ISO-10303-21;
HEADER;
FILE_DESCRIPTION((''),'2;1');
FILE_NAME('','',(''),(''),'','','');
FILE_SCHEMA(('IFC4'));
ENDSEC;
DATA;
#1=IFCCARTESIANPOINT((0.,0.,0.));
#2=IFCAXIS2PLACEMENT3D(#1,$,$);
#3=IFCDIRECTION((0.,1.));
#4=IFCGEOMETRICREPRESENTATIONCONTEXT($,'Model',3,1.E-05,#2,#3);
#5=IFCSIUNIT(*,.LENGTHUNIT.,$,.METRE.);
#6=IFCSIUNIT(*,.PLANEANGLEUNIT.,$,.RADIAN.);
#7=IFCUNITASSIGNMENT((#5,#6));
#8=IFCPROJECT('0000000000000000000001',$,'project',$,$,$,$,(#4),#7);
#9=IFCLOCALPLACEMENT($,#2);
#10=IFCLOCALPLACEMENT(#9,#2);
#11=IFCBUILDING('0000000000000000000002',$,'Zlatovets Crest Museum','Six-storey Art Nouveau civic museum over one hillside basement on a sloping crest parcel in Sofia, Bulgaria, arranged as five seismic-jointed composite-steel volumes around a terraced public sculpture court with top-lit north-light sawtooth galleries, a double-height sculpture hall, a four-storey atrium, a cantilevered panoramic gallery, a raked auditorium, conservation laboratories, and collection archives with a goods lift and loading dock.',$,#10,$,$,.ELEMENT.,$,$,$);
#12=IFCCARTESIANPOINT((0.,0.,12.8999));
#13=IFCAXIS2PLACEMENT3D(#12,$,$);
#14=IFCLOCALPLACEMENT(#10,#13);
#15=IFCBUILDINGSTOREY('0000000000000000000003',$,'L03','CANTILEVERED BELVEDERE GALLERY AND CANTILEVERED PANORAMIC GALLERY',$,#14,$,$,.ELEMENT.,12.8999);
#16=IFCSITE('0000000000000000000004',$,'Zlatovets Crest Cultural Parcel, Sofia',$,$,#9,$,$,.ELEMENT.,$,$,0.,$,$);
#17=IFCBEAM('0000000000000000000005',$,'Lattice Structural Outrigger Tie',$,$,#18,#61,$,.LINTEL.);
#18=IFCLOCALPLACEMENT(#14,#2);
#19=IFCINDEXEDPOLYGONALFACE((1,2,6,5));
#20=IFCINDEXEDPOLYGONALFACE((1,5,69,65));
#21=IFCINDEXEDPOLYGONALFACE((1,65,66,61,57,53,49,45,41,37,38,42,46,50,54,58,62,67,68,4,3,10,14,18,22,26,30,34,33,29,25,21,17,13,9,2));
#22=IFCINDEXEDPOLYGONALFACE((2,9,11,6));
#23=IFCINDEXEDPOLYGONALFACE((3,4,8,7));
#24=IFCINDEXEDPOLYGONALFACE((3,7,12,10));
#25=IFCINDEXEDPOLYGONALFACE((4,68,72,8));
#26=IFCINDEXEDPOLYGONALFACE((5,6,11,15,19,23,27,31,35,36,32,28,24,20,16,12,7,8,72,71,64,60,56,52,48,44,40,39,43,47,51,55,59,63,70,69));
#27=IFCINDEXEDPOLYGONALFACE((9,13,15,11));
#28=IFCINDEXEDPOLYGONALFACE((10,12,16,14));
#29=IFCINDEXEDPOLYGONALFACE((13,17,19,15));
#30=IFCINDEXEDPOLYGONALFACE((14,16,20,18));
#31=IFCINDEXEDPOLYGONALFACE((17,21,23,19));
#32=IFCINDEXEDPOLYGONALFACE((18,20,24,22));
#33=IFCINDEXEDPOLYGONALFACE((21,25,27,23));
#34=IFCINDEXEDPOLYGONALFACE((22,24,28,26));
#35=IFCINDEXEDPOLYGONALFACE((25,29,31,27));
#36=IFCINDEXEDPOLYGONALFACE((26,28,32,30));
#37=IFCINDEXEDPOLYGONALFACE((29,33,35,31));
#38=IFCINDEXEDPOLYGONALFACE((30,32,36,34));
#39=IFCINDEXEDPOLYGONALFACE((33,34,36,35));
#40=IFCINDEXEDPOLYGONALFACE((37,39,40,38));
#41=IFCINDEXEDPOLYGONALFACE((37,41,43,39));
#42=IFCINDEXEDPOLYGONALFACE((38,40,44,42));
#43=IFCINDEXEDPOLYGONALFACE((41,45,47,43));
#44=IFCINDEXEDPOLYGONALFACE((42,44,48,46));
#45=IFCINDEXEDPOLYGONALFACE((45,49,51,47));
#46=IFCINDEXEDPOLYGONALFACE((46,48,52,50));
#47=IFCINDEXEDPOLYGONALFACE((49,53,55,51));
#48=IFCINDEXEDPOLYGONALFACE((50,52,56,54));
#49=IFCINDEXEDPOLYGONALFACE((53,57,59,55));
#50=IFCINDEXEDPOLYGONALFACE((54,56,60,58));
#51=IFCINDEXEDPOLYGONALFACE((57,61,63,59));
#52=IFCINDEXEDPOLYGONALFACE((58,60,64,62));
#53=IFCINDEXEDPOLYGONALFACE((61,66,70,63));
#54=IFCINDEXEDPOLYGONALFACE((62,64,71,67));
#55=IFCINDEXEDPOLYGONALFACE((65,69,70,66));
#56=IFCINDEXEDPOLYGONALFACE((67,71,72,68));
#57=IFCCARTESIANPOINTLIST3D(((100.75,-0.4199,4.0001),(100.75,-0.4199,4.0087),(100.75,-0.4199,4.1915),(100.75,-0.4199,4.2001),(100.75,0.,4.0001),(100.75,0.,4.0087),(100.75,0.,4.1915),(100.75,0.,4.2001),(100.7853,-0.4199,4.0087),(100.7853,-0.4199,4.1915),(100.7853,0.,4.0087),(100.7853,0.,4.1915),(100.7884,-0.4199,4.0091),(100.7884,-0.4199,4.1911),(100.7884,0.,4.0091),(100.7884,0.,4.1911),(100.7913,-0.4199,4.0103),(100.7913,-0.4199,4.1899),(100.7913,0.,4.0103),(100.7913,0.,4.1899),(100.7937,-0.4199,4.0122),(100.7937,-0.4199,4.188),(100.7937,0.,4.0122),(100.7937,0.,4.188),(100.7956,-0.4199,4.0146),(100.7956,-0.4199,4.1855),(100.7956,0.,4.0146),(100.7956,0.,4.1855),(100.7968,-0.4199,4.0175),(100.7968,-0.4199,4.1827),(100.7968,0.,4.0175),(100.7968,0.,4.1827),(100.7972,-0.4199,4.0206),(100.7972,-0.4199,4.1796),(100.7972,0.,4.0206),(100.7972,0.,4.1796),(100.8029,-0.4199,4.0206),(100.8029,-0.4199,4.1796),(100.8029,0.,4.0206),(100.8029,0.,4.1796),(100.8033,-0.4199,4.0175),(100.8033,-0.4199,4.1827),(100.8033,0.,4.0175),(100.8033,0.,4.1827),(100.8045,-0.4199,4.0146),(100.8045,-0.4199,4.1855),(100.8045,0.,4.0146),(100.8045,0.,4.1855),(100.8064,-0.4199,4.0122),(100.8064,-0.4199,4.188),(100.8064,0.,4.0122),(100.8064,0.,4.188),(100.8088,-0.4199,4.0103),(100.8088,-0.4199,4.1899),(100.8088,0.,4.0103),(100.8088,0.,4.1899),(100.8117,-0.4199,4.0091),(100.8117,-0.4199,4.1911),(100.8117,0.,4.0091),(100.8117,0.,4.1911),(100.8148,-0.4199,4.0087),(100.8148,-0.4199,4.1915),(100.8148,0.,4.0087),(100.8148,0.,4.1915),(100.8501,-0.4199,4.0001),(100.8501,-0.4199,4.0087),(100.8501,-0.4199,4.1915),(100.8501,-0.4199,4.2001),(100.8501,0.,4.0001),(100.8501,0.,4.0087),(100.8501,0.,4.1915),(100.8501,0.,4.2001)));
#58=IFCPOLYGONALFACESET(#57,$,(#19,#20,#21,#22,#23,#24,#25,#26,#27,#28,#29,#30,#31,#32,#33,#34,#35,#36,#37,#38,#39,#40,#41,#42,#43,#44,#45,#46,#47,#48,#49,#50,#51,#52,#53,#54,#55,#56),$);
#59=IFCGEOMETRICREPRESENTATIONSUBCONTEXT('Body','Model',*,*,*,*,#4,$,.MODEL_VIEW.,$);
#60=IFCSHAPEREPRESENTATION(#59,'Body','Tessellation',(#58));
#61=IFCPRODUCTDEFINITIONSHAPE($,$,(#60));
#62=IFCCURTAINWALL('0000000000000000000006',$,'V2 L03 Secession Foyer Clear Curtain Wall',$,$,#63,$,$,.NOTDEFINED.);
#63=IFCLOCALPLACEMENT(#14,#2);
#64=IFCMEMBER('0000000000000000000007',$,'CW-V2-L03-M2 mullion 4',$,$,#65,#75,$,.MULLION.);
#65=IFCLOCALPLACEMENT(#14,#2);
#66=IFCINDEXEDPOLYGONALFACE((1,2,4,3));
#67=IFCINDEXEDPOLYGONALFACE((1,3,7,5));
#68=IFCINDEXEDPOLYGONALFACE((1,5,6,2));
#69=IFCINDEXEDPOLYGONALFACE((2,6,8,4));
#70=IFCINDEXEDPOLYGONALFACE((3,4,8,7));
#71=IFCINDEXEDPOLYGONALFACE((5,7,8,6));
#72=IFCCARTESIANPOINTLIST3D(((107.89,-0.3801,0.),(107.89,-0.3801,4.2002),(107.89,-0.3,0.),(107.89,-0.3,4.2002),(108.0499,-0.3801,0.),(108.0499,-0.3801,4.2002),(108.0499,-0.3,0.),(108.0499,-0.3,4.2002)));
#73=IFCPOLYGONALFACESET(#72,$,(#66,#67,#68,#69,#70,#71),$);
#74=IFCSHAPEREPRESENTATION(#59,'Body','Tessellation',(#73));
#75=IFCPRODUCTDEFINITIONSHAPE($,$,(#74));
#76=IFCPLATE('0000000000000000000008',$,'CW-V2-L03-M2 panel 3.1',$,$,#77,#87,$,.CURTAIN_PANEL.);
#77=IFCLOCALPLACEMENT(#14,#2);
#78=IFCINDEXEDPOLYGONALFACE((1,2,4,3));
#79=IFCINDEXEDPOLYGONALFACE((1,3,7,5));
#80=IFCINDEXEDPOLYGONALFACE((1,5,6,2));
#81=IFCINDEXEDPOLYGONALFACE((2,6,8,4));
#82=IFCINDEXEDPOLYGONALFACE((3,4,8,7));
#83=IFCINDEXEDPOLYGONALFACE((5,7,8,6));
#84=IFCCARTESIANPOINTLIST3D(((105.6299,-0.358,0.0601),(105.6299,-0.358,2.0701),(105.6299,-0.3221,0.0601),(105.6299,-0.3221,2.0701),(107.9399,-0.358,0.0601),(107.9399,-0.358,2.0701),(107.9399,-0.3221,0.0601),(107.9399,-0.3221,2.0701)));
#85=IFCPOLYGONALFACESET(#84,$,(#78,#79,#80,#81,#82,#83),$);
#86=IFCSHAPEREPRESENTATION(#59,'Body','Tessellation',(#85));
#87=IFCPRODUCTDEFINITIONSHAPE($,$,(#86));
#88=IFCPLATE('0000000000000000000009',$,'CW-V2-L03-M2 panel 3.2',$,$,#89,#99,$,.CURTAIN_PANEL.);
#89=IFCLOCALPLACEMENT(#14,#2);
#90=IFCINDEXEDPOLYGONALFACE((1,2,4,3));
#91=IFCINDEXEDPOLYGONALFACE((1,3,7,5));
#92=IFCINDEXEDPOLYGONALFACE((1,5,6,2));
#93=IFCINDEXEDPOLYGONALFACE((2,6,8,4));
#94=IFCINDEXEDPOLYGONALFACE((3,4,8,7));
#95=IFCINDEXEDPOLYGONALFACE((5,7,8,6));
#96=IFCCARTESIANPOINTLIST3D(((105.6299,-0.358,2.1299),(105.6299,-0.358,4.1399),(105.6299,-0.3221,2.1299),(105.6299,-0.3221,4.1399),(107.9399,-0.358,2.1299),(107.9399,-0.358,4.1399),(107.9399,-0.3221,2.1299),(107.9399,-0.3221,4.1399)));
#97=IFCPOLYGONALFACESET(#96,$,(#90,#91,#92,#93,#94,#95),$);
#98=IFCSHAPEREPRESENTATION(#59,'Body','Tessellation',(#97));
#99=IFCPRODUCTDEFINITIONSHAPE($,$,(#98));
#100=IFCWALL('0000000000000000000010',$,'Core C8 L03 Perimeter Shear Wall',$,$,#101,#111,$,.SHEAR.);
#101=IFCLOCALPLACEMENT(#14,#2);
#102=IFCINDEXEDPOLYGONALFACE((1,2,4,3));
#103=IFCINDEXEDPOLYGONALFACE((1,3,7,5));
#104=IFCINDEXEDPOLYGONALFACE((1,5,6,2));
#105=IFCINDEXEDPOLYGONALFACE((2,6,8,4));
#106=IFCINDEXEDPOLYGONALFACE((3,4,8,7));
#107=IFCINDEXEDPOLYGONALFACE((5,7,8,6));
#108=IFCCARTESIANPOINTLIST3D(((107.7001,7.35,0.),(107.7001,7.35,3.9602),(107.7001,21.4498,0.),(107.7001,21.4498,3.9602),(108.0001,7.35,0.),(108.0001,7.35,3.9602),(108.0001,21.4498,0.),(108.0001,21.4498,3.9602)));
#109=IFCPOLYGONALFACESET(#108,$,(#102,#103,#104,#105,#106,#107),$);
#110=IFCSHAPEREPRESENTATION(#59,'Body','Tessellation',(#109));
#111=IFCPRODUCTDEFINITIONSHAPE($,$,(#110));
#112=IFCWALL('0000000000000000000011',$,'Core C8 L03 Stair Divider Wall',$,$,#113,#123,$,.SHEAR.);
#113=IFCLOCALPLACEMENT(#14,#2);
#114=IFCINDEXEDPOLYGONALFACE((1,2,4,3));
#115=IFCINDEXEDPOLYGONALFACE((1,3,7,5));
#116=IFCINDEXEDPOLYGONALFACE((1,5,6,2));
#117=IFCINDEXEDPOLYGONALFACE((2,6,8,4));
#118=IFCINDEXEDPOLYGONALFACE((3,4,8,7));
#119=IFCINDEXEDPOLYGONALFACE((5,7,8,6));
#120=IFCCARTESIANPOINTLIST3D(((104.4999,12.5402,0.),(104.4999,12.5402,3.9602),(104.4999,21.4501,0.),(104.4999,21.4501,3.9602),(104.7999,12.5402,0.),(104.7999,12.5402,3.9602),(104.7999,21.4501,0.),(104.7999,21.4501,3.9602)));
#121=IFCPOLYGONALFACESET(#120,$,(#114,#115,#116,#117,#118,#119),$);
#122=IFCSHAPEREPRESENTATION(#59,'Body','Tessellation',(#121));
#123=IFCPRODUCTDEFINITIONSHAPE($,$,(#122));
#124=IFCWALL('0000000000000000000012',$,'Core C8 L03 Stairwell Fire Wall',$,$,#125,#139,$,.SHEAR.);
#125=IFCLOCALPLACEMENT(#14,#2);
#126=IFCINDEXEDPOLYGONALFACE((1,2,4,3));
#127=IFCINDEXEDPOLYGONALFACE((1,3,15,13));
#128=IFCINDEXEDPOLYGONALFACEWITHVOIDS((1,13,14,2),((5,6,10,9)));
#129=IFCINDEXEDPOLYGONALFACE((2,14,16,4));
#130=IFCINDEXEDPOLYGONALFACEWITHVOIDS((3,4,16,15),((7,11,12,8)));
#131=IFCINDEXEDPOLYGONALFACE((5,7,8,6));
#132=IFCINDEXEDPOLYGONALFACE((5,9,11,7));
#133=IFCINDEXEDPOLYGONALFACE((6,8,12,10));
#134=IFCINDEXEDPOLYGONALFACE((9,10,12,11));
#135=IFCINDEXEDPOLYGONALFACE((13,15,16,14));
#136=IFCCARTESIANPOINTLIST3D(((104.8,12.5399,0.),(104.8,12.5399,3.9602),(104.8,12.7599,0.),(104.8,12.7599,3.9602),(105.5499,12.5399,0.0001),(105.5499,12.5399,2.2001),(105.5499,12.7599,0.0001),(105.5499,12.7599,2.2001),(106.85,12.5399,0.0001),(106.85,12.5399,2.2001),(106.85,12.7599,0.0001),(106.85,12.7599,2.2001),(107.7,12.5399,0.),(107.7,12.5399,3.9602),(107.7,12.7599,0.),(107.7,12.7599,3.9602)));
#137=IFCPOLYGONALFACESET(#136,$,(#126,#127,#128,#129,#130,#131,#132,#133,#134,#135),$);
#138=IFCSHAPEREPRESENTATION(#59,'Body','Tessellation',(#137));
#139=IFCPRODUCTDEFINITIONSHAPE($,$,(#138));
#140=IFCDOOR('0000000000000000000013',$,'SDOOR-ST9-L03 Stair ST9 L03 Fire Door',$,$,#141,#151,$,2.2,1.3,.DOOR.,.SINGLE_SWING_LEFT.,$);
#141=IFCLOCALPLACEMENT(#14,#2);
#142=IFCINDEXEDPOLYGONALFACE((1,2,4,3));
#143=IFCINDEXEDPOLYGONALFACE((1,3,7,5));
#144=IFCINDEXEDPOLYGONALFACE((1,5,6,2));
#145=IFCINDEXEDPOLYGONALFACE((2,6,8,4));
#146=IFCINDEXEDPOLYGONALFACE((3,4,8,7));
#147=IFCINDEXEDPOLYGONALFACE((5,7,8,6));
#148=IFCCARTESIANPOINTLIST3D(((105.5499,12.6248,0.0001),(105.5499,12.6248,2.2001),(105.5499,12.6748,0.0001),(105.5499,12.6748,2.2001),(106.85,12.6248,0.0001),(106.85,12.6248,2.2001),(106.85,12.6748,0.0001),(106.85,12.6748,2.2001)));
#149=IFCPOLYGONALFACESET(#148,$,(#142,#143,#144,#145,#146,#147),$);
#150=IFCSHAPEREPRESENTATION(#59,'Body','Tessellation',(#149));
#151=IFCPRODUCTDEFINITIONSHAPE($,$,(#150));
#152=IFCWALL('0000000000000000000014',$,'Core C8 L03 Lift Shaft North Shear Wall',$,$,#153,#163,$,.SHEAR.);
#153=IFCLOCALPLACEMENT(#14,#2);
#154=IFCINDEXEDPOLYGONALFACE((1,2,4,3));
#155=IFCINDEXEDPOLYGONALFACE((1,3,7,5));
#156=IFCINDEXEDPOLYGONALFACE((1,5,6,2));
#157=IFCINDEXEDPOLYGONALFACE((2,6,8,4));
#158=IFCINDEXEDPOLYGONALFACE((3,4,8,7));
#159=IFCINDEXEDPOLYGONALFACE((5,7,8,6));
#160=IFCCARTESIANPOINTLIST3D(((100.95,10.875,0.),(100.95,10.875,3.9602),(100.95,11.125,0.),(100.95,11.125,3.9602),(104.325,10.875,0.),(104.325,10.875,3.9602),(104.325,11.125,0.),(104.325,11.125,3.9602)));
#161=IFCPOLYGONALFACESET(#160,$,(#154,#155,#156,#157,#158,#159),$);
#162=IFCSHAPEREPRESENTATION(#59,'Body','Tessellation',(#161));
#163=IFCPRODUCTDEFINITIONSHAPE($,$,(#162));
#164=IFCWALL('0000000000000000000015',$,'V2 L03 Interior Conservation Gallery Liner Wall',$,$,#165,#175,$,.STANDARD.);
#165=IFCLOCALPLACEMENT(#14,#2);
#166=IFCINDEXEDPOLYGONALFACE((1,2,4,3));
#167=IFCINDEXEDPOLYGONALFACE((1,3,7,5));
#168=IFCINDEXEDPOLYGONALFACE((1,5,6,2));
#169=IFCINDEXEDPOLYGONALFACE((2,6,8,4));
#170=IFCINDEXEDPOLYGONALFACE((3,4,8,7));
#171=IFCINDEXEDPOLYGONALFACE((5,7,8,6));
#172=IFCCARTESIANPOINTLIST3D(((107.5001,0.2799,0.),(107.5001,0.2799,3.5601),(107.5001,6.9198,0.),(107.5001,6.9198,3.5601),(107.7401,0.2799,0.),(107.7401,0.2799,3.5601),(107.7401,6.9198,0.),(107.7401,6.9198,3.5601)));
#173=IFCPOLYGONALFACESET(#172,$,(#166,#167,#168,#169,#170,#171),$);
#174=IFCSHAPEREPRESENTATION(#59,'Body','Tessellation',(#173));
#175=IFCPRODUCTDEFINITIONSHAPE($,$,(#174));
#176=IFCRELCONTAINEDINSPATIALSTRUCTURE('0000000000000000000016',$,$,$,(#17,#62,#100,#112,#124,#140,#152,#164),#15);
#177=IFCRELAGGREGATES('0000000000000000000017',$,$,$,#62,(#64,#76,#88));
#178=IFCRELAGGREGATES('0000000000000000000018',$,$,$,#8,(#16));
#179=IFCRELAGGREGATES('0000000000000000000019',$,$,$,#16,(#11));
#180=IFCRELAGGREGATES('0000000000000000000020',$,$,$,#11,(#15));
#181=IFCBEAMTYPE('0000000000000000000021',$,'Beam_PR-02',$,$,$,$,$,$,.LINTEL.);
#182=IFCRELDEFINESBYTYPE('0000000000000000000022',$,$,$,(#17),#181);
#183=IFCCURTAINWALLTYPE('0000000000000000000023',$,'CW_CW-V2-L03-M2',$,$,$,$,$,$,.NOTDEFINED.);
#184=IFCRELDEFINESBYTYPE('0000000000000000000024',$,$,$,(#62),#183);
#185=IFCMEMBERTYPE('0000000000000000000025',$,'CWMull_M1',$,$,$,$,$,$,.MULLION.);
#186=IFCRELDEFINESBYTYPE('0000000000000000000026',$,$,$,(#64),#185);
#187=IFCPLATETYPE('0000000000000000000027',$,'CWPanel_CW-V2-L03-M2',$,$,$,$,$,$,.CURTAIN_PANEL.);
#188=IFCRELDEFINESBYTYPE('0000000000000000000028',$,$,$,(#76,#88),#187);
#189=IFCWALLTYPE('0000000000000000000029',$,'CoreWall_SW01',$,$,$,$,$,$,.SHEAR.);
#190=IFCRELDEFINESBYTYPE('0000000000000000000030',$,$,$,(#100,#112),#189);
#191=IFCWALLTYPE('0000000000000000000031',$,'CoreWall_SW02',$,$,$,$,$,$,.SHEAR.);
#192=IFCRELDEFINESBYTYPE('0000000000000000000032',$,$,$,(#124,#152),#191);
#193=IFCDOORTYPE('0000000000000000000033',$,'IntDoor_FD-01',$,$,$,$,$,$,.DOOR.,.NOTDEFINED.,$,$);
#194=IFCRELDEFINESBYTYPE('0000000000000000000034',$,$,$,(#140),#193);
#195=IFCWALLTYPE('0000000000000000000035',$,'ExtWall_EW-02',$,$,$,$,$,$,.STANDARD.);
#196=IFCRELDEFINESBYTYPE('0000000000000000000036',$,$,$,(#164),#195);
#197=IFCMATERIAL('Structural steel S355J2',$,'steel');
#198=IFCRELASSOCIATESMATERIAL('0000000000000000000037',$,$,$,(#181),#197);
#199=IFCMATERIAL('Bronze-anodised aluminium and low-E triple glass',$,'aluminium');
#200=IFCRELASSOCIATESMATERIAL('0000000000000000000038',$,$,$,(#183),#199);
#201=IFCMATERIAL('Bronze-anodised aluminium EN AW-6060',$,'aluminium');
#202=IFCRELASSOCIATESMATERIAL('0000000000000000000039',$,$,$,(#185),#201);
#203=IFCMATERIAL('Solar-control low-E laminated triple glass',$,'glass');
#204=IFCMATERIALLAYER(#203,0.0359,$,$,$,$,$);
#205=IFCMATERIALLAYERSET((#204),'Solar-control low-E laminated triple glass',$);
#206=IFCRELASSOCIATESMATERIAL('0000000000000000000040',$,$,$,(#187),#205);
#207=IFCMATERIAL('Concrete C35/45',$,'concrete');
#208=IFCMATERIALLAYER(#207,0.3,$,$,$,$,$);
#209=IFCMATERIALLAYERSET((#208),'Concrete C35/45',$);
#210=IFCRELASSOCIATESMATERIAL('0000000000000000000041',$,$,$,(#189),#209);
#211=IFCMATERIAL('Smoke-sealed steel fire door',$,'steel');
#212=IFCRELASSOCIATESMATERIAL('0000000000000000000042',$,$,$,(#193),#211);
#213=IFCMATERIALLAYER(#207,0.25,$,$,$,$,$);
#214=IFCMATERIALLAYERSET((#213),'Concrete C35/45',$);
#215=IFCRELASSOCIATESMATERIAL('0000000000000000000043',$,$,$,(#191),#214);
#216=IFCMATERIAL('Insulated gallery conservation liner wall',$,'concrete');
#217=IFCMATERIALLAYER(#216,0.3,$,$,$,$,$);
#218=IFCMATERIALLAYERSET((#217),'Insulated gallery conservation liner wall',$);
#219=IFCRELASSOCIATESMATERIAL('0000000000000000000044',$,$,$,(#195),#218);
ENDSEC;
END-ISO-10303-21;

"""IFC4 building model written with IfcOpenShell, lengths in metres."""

from ifc_helpers import new_model, si_unit, direction, frame, frame_2d, origin, origin_2d, place, context, subcontext, project, spatial, rectangle, i_section, extrude, material, layer, layer_set, material_profile, profile_set, type_object, element, fill, aggregate, save


model = new_model("IFC4")

# Units and contexts
model_context = context("Model", 3, precision=1e-05, world=origin(), true_north=direction((0.0, 1.0)))
body_context = subcontext(model_context, "Body", "Model", "MODEL_VIEW")
ifc_project = project(units=[si_unit("LENGTHUNIT", "METRE"), si_unit("PLANEANGLEUNIT", "RADIAN")], contexts=[model_context])

# Site, building, storey
site_placement = place(None, origin())
site = spatial("IfcSite", under=ifc_project, at=site_placement, Name="Zlatovets Crest Cultural Parcel, Sofia", CompositionType="ELEMENT", RefElevation=0.0)
building_placement = place(site_placement, origin())
building = spatial("IfcBuilding", under=site, at=building_placement, Name="Zlatovets Crest Museum", Description="Six-storey Art Nouveau civic museum over one hillside basement on a sloping crest parcel in Sofia, Bulgaria, arranged as five seismic-jointed composite-steel volumes around a terraced public sculpture court with top-lit north-light sawtooth galleries, a double-height sculpture hall, a four-storey atrium, a cantilevered panoramic gallery, a raked auditorium, conservation laboratories, and collection archives with a goods lift and loading dock.", CompositionType="ELEMENT")
storey_placement = place(building_placement, frame((0.0, 0.0, 12.8999)))
storey = spatial("IfcBuildingStorey", under=building, at=storey_placement, Name="L03", Description="CANTILEVERED BELVEDERE GALLERY AND CANTILEVERED PANORAMIC GALLERY", CompositionType="ELEMENT", Elevation=12.8999)

# Shared definitions
ifc_material_1 = material(Name="Structural steel S355J2", Category="steel")

# Beam
ifc_material_profile_1 = material_profile(ifc_material_1, i_section(OverallWidth=0.1001, OverallDepth=0.2, WebThickness=0.0056, FlangeThickness=0.0085, FilletRadius=0.012, at=origin_2d()), Name="IPE 200")
ifc_profile_set_1 = profile_set([ifc_material_profile_1], Name="Structural steel S355J2")
beam_type_1 = type_object("IfcBeamType", Name="Beam_PR-02", PredefinedType="LINTEL", material=ifc_profile_set_1)
for number, where, z_axis, x_axis, name in (
    (1, (100.8, 0.0, 4.1001), (0.0, -1.0, 0.0), (1.0, 0.0, 0.0), "Lattice Structural Outrigger Tie"),
):
    element("IfcBeam", number, at=place(storey_placement, frame(where, z_axis=z_axis, x_axis=x_axis)), inside=storey, type_object=beam_type_1, Name=name, PredefinedType="LINTEL", context=body_context, shape_type="SweptSolid", body=[
        extrude(i_section(OverallWidth=0.1001, OverallDepth=0.2, WebThickness=0.0056, FlangeThickness=0.0085, FilletRadius=0.012, at=origin_2d()), origin(), (0.0, 0.0, 1.0), 0.4199),
    ])

# Curtain wall, member, plates
ifc_material_2 = material(Name="Bronze-anodised aluminium and low-E triple glass", Category="aluminium")
curtain_wall_type = type_object("IfcCurtainWallType", Name="CW_CW-V2-L03-M2", PredefinedType="NOTDEFINED", material=ifc_material_2)
curtain_wall_placement = place(storey_placement, origin())
curtain_wall = element("IfcCurtainWall", 2, at=curtain_wall_placement, inside=storey, type_object=curtain_wall_type, Name="V2 L03 Secession Foyer Clear Curtain Wall", PredefinedType="NOTDEFINED")
ifc_material_3 = material(Name="Bronze-anodised aluminium EN AW-6060", Category="aluminium")
ifc_material_profile_2 = material_profile(ifc_material_3, rectangle(XDim=0.0801, YDim=0.1599, at=origin_2d()), Name="ALU 80x160")
ifc_profile_set_2 = profile_set([ifc_material_profile_2], Name="Bronze-anodised aluminium EN AW-6060")
member_type = type_object("IfcMemberType", Name="CWMull_M1", PredefinedType="MULLION", material=ifc_profile_set_2)
member_placement = place(storey_placement, frame((107.97, -0.3401, 0.0), z_axis=(0.0, 0.0, 1.0), x_axis=(0.0, 1.0, 0.0)))
member = element("IfcMember", 3, at=member_placement, type_object=member_type, Name="CW-V2-L03-M2 mullion 4", PredefinedType="MULLION", context=body_context, shape_type="SweptSolid", body=[
    extrude(rectangle(XDim=0.0801, YDim=0.1599, at=origin_2d()), origin(), (0.0, 0.0, 1.0), 4.2002),
])
ifc_material_4 = material(Name="Solar-control low-E laminated triple glass", Category="glass")
ifc_layer_1 = layer(ifc_material_4, 0.0359)
ifc_layer_set_1 = layer_set([ifc_layer_1], Name="Solar-control low-E laminated triple glass")
plate_type = type_object("IfcPlateType", Name="CWPanel_CW-V2-L03-M2", PredefinedType="CURTAIN_PANEL", material=ifc_layer_set_1)
plate_1_placement = place(storey_placement, frame((106.7849, -0.3401, 0.0601), z_axis=(0.0, 0.0, 1.0), x_axis=(1.0, 0.0, 0.0)))
plate_1 = element("IfcPlate", 4, at=plate_1_placement, type_object=plate_type, Name="CW-V2-L03-M2 panel 3.1", PredefinedType="CURTAIN_PANEL", context=body_context, shape_type="SweptSolid", body=[
    extrude(rectangle(XDim=2.3101, YDim=0.0359, at=origin_2d()), origin(), (0.0, 0.0, 1.0), 2.01),
])
plate_2_placement = place(storey_placement, frame((106.7849, -0.3401, 2.1299), z_axis=(0.0, 0.0, 1.0), x_axis=(1.0, 0.0, 0.0)))
plate_2 = element("IfcPlate", 5, at=plate_2_placement, type_object=plate_type, Name="CW-V2-L03-M2 panel 3.2", PredefinedType="CURTAIN_PANEL", context=body_context, shape_type="SweptSolid", body=[
    extrude(rectangle(XDim=2.3101, YDim=0.0359, at=origin_2d()), origin(), (0.0, 0.0, 1.0), 2.01),
])
aggregate(curtain_wall, [member, plate_1, plate_2])

# Wall
ifc_material_5 = material(Name="Concrete C35/45", Category="concrete")
ifc_layer_2 = layer(ifc_material_5, 0.3)
ifc_layer_set_2 = layer_set([ifc_layer_2], Name="Concrete C35/45")
wall_type_1 = type_object("IfcWallType", Name="CoreWall_SW01", PredefinedType="SHEAR", material=ifc_layer_set_2)
wall_1_placement = place(storey_placement, frame((107.8501, 7.3501, 0.0), z_axis=(0.0, 0.0, 1.0), x_axis=(0.0, 1.0, 0.0)))
element("IfcWall", 6, at=wall_1_placement, inside=storey, type_object=wall_type_1, Name="Core C8 L03 Perimeter Shear Wall", PredefinedType="SHEAR", context=body_context, shape_type="SweptSolid", body=[
    extrude(rectangle(XDim=14.0999, YDim=0.3, at=frame_2d((7.0498, 0.0))), origin(), (0.0, 0.0, 1.0), 3.9602),
])

# Shared definitions
ifc_material_6 = material(Name="Smoke-sealed steel fire door", Category="steel")
door_type_1 = type_object("IfcDoorType", Name="IntDoor_FD-01", OperationType="NOTDEFINED", PredefinedType="DOOR", material=ifc_material_6)

# Wall
wall_2_placement = place(storey_placement, frame((104.6499, 12.54, 0.0), z_axis=(0.0, 0.0, 1.0), x_axis=(0.0, 1.0, 0.0)))
element("IfcWall", 7, at=wall_2_placement, inside=storey, type_object=wall_type_1, Name="Core C8 L03 Stair Divider Wall", PredefinedType="SHEAR", context=body_context, shape_type="SweptSolid", body=[
    extrude(rectangle(XDim=8.9099, YDim=0.3, at=frame_2d((4.4551, 0.0))), origin(), (0.0, 0.0, 1.0), 3.9602),
])

# Wall, opening, door
ifc_layer_3 = layer(ifc_material_5, 0.25)
ifc_layer_set_3 = layer_set([ifc_layer_3], Name="Concrete C35/45")
wall_type_2 = type_object("IfcWallType", Name="CoreWall_SW02", PredefinedType="SHEAR", material=ifc_layer_set_3)
wall_3_placement = place(storey_placement, frame((104.8, 12.6499, 0.0), z_axis=(0.0, 0.0, 1.0), x_axis=(1.0, 0.0, 0.0)))
wall_3 = element("IfcWall", 8, at=wall_3_placement, inside=storey, type_object=wall_type_2, Name="Core C8 L03 Stairwell Fire Wall", PredefinedType="SHEAR", context=body_context, shape_type="SweptSolid", body=[
    extrude(rectangle(XDim=2.8999, YDim=0.22, at=frame_2d((1.45, 0.0))), origin(), (0.0, 0.0, 1.0), 3.9602),
])
opening_1_placement = place(wall_3_placement, frame((0.75, 0.0, 0.0)))
opening_1 = element("IfcOpeningElement", 9, at=opening_1_placement, cuts=wall_3, PredefinedType="OPENING", context=body_context, shape_type="SweptSolid", body=[
    extrude(rectangle(XDim=1.3, YDim=2.2, at=frame_2d((0.6499, 1.1001))), frame((0.0, 0.1201, 0.0), z_axis=(0.0, -1.0, 0.0), x_axis=(1.0, 0.0, 0.0)), (0.0, 0.0, 1.0), 0.24),
])
door_1_placement = place(opening_1_placement, origin())
door_1 = element("IfcDoor", 10, at=door_1_placement, inside=storey, type_object=door_type_1, Name="SDOOR-ST9-L03 Stair ST9 L03 Fire Door", OperationType="SINGLE_SWING_LEFT", OverallHeight=2.2, OverallWidth=1.3, PredefinedType="DOOR", context=body_context, shape_type="SweptSolid", body=[
    extrude(rectangle(XDim=1.3, YDim=2.2, at=frame_2d((0.6499, 1.1001))), frame((0.0, 0.0249, 0.0), z_axis=(0.0, -1.0, 0.0), x_axis=(1.0, 0.0, 0.0)), (0.0, 0.0, 1.0), 0.05),
])
fill(opening_1, door_1)

# Walls
wall_4_placement = place(storey_placement, frame((100.95, 11.0, 0.0), z_axis=(0.0, 0.0, 1.0), x_axis=(1.0, 0.0, 0.0)))
element("IfcWall", 11, at=wall_4_placement, inside=storey, type_object=wall_type_2, Name="Core C8 L03 Lift Shaft North Shear Wall", PredefinedType="SHEAR", context=body_context, shape_type="SweptSolid", body=[
    extrude(rectangle(XDim=3.375, YDim=0.25, at=frame_2d((1.6875, 0.0))), origin(), (0.0, 0.0, 1.0), 3.9602),
])
ifc_material_7 = material(Name="Insulated gallery conservation liner wall", Category="concrete")
ifc_layer_4 = layer(ifc_material_7, 0.3)
ifc_layer_set_4 = layer_set([ifc_layer_4], Name="Insulated gallery conservation liner wall")
wall_type_3 = type_object("IfcWallType", Name="ExtWall_EW-02", PredefinedType="STANDARD", material=ifc_layer_set_4)
wall_5_placement = place(storey_placement, frame((107.6201, 0.28, 0.0), z_axis=(0.0, 0.0, 1.0), x_axis=(0.0, 1.0, 0.0)))
element("IfcWall", 12, at=wall_5_placement, inside=storey, type_object=wall_type_3, Name="V2 L03 Interior Conservation Gallery Liner Wall", PredefinedType="STANDARD", context=body_context, shape_type="SweptSolid", body=[
    extrude(rectangle(XDim=6.6399, YDim=0.24, at=frame_2d((3.3198, 0.0))), origin(), (0.0, 0.0, 1.0), 3.5601),
])

save(model, "model.ifc")
